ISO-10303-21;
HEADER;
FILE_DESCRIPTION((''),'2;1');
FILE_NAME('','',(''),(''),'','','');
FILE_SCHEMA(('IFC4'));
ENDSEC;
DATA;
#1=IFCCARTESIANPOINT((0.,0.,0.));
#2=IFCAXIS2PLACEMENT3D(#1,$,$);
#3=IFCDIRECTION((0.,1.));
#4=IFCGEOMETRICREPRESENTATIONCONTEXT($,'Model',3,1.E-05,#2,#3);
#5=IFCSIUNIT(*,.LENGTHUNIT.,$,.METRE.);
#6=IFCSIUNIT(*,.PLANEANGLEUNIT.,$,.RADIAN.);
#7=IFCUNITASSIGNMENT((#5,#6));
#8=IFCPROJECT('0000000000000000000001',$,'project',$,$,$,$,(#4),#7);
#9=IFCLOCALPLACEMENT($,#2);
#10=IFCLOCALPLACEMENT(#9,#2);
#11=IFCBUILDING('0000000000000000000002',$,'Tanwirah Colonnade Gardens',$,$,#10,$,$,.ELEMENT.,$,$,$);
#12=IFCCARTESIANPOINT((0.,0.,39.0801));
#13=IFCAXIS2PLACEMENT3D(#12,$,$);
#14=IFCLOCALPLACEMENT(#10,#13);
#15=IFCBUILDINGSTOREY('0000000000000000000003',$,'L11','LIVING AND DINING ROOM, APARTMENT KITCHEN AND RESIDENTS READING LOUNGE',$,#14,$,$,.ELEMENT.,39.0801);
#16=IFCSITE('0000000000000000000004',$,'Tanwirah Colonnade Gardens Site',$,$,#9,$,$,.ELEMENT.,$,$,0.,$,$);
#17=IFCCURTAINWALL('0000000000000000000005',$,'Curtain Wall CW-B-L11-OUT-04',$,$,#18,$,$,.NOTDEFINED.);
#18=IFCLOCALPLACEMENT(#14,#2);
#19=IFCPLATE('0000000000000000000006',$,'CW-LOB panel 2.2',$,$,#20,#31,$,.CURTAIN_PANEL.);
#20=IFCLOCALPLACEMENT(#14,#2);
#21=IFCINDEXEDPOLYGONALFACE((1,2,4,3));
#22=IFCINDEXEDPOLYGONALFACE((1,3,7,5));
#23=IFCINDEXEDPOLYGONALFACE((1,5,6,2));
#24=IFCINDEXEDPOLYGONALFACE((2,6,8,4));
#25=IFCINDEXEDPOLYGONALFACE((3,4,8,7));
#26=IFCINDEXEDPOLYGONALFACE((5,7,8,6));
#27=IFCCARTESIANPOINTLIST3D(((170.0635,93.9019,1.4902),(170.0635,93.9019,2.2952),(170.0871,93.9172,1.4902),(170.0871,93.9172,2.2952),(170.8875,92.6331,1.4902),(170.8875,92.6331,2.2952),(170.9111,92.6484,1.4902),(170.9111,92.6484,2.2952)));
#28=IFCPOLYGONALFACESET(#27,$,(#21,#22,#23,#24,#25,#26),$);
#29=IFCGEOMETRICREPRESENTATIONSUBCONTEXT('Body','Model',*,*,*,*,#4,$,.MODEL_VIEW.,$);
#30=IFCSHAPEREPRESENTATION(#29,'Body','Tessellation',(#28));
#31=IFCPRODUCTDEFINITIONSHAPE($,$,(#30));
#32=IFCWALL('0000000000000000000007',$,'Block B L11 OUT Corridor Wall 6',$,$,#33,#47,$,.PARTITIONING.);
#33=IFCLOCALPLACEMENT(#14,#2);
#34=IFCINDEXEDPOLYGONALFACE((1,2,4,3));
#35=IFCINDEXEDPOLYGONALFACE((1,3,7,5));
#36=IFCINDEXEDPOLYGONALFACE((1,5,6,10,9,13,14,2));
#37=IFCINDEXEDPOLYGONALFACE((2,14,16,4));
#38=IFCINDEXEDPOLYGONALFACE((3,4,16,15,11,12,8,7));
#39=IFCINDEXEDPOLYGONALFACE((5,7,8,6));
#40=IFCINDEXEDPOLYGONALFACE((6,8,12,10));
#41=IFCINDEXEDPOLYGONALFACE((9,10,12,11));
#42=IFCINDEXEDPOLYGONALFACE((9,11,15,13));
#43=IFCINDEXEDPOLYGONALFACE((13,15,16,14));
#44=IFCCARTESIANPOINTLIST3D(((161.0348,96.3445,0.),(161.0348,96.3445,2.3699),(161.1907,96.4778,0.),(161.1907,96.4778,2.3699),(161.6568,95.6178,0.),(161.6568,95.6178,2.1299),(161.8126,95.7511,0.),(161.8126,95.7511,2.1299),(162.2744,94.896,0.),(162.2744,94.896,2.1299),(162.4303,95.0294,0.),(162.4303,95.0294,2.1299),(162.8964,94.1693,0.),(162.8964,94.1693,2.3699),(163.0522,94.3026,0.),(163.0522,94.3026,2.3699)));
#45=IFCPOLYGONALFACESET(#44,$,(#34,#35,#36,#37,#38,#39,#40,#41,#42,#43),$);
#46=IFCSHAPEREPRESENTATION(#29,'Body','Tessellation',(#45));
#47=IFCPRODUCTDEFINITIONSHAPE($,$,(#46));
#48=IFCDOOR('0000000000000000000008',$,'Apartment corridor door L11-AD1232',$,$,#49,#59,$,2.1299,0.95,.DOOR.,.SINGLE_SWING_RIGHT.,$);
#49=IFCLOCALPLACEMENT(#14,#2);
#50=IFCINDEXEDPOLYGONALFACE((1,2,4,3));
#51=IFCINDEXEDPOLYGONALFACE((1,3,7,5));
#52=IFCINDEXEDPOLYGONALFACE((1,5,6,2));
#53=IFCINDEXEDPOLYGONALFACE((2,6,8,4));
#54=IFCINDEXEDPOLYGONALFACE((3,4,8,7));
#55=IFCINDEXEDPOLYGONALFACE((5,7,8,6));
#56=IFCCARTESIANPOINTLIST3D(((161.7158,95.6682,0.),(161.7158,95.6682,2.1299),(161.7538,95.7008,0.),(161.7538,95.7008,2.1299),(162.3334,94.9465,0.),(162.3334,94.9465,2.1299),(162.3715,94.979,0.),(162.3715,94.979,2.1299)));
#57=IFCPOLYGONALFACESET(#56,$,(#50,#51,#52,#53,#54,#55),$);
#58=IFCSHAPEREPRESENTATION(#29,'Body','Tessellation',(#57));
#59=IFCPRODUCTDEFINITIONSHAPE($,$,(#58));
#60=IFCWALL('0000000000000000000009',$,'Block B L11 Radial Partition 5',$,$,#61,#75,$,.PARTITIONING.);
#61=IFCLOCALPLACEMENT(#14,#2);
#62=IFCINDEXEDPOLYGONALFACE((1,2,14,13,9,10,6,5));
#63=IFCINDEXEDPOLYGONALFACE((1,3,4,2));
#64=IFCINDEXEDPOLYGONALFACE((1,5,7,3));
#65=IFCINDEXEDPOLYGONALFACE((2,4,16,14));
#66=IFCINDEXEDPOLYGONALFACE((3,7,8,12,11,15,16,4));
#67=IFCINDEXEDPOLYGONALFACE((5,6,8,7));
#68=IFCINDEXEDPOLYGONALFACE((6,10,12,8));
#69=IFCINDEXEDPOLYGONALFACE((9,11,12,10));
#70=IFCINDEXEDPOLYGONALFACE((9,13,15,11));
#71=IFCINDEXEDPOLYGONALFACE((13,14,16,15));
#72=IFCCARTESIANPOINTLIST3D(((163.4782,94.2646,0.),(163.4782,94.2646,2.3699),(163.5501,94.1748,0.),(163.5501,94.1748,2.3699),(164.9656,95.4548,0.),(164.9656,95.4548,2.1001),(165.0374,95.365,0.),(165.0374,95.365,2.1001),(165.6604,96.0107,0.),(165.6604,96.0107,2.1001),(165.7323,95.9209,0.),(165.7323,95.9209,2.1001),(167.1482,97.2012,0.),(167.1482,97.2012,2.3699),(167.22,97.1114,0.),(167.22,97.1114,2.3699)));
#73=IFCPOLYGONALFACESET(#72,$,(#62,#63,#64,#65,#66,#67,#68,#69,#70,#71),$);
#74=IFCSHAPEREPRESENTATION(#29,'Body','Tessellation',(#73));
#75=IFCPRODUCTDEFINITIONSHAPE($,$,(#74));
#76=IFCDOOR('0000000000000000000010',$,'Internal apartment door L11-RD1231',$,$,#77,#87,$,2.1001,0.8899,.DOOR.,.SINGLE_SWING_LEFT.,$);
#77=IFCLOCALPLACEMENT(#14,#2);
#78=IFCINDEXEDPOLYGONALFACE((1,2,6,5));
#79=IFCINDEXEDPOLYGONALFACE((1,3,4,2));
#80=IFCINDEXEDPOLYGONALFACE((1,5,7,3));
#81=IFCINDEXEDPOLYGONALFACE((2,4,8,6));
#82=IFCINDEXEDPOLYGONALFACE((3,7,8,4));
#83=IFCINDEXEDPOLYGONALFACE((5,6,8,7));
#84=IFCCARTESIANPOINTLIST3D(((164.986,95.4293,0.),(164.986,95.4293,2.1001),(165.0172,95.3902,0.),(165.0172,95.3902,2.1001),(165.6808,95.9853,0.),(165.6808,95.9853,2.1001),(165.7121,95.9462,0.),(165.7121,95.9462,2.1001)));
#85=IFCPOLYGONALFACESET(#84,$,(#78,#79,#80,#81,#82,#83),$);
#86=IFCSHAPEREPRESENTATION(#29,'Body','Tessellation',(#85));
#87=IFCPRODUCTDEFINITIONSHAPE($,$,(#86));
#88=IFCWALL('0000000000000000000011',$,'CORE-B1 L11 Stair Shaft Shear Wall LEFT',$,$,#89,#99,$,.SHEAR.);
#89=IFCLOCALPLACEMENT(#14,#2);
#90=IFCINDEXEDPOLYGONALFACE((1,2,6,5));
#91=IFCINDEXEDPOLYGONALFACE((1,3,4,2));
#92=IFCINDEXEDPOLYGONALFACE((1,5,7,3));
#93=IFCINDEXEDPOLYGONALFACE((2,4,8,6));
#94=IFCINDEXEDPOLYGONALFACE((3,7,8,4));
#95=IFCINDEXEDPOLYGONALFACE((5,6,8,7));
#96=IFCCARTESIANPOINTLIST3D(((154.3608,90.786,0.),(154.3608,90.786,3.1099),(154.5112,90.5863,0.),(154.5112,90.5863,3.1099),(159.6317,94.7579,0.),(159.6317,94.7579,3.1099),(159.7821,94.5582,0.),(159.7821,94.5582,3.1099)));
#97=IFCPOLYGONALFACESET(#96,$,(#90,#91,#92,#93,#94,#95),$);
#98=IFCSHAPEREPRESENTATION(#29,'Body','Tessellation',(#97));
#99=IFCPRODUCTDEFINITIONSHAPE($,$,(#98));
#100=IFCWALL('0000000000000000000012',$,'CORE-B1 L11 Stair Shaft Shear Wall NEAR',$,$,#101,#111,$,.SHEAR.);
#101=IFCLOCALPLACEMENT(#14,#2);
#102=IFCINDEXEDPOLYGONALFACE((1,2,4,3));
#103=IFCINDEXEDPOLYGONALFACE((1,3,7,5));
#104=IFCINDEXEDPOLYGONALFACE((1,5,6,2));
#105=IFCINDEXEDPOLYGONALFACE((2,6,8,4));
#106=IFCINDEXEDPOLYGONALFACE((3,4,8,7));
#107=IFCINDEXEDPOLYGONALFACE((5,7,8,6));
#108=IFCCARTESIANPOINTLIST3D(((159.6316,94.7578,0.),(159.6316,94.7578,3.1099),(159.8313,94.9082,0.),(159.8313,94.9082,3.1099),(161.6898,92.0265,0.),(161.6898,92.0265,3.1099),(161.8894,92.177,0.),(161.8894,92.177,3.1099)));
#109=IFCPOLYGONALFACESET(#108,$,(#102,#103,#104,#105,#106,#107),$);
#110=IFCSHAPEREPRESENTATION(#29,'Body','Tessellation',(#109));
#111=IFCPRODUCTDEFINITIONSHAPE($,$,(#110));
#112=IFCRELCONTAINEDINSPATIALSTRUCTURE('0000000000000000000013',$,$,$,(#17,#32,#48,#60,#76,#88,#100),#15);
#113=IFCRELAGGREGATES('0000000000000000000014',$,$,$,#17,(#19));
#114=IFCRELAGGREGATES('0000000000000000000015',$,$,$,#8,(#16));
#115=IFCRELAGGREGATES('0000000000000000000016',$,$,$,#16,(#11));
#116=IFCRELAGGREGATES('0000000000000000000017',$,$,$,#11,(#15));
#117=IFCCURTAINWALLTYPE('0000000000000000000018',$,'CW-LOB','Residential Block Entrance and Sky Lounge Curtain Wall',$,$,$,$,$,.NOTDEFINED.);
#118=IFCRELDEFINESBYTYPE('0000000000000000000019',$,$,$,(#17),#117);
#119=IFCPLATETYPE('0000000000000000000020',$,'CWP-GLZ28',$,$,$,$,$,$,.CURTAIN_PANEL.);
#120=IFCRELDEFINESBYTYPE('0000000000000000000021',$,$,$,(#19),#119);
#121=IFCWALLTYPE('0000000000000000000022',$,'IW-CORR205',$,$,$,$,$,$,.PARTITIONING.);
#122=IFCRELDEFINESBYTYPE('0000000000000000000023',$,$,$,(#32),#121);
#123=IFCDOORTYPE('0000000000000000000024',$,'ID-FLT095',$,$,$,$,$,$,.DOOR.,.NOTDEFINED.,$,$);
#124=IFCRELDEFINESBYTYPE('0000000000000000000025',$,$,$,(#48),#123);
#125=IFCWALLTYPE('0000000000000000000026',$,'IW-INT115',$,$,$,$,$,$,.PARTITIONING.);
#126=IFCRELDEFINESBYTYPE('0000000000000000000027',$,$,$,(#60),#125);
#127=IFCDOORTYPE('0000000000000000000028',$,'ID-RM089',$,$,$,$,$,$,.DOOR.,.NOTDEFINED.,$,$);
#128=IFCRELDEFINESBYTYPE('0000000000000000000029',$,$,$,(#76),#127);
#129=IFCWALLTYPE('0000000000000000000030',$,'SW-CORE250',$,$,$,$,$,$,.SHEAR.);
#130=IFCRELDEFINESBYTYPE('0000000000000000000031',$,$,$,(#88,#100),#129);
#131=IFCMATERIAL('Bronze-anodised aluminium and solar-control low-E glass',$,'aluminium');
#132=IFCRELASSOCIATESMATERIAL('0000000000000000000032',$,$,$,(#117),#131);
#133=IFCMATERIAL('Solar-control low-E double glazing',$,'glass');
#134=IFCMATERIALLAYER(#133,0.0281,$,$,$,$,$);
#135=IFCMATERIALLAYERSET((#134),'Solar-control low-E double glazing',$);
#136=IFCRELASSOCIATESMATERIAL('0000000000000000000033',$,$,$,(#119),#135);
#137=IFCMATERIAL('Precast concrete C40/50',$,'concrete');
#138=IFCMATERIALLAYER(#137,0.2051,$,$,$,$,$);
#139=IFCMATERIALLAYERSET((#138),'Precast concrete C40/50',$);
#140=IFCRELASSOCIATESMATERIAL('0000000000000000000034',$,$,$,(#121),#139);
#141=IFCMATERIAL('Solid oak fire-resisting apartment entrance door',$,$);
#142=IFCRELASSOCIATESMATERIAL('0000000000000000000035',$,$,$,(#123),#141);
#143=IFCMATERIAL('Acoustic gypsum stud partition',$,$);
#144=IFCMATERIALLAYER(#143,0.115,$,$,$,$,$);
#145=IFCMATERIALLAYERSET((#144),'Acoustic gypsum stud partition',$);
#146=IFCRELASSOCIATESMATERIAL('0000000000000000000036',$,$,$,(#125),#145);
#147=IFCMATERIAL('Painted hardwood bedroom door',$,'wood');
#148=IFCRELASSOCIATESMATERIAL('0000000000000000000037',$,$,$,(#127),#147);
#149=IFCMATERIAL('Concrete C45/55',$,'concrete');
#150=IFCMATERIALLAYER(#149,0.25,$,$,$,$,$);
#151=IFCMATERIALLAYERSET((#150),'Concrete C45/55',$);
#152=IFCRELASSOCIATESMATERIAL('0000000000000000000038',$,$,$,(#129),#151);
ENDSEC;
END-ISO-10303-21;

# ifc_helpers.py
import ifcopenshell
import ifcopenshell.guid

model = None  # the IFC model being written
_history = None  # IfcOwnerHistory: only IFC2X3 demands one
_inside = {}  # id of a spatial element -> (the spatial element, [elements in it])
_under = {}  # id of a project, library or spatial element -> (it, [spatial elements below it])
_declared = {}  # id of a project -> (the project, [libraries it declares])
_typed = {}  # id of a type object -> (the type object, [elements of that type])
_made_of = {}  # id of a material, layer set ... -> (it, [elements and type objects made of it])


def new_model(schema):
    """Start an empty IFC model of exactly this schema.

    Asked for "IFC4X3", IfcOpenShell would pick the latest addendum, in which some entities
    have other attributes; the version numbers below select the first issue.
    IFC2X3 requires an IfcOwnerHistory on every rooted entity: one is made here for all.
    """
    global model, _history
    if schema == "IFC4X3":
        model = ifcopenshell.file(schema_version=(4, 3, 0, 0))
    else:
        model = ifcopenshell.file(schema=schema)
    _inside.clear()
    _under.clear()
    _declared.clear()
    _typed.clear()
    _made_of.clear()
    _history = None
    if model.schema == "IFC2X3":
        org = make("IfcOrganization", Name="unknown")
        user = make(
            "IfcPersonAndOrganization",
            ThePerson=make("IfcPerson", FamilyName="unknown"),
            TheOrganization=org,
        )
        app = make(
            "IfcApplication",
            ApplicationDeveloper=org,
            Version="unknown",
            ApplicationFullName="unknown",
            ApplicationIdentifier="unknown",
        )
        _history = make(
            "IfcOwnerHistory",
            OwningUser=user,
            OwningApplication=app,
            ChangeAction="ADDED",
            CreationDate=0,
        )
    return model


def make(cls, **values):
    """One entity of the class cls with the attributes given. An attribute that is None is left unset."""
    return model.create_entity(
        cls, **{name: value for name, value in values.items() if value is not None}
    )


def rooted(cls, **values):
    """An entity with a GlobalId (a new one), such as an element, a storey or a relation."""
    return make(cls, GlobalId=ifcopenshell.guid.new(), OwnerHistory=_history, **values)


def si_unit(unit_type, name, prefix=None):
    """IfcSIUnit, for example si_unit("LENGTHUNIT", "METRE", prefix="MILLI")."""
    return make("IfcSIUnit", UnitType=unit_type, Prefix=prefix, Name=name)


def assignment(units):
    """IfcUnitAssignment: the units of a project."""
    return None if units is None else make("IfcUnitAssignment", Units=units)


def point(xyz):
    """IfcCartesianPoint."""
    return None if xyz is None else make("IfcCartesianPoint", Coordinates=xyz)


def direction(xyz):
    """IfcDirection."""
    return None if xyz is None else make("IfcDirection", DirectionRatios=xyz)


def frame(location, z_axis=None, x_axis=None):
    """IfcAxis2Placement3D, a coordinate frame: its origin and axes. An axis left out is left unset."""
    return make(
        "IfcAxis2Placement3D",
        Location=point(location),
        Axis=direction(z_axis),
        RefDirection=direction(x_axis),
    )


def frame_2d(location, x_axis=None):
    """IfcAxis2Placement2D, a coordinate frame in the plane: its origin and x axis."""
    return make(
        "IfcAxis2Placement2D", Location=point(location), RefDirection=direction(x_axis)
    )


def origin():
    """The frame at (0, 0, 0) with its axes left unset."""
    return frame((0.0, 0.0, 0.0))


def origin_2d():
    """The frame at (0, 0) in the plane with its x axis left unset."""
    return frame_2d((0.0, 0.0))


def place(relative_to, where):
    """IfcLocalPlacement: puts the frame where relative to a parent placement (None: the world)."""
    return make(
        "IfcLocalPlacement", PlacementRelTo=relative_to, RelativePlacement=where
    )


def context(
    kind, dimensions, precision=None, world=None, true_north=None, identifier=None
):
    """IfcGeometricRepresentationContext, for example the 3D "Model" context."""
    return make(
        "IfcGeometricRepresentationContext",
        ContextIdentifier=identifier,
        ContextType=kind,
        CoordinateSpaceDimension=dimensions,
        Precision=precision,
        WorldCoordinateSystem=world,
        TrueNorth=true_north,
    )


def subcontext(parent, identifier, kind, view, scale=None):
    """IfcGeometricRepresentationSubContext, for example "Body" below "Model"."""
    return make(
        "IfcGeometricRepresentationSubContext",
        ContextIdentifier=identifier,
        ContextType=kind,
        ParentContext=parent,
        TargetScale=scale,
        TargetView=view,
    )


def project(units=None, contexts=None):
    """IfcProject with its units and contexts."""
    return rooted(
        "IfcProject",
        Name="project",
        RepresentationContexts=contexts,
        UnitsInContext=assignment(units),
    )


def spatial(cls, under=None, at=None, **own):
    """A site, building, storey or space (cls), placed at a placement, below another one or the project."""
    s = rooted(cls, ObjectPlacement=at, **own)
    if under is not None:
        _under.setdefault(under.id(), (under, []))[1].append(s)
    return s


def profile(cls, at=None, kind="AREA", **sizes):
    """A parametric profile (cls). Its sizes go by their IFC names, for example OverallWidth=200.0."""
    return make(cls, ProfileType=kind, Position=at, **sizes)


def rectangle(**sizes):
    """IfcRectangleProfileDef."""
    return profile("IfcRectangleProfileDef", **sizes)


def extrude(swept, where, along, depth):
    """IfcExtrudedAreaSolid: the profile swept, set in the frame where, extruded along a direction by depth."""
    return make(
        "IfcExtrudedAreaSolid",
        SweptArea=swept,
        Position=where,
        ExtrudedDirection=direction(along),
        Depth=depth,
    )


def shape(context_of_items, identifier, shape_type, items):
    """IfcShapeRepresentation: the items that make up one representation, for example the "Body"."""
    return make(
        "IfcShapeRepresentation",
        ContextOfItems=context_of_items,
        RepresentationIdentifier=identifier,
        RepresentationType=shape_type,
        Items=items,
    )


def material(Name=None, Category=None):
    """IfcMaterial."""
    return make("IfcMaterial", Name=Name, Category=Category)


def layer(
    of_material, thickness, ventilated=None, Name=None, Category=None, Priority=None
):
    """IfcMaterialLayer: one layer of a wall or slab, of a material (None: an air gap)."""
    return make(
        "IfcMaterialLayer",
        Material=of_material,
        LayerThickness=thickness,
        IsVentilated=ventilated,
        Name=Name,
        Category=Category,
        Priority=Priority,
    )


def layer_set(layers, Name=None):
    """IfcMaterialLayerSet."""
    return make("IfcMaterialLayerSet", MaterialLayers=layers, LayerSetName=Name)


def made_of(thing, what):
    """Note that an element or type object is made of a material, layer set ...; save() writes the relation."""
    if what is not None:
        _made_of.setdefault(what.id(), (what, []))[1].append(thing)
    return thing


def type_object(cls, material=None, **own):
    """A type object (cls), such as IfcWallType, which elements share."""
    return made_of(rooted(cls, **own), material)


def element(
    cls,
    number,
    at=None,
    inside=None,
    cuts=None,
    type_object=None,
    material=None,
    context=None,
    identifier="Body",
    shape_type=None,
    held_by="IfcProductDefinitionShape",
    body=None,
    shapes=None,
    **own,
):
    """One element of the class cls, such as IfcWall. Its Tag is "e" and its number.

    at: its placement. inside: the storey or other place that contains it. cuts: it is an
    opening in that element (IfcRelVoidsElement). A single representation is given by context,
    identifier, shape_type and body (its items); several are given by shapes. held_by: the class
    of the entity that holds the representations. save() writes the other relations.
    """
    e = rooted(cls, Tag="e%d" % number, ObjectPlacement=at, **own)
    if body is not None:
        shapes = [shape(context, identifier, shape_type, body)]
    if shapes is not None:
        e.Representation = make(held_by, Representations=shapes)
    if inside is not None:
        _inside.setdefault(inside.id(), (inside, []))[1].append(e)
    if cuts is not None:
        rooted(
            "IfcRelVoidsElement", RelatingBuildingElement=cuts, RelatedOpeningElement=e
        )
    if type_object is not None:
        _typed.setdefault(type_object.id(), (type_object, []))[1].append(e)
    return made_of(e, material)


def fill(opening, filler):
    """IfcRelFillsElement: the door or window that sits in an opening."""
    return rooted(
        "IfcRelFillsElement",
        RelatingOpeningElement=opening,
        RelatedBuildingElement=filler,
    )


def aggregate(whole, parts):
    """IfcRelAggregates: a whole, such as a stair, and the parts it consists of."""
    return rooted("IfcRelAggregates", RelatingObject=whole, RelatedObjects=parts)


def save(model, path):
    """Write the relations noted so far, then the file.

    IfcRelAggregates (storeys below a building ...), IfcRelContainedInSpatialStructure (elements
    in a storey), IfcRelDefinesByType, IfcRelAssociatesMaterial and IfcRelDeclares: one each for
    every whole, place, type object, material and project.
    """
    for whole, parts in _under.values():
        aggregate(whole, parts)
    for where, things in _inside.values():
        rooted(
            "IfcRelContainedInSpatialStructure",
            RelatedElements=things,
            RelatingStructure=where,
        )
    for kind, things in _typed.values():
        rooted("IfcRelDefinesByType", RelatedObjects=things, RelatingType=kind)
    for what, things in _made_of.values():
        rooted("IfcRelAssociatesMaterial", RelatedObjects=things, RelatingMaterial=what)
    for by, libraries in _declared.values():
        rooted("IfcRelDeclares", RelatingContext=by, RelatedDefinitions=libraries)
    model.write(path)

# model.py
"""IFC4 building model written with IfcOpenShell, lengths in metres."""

from ifc_helpers import new_model, si_unit, direction, frame, frame_2d, origin, origin_2d, place, context, subcontext, project, spatial, rectangle, extrude, material, layer, layer_set, type_object, element, fill, aggregate, save


model = new_model("IFC4")

# Units and contexts
model_context = context("Model", 3, precision=1e-05, world=origin(), true_north=direction((0.0, 1.0)))
body_context = subcontext(model_context, "Body", "Model", "MODEL_VIEW")
ifc_project = project(units=[si_unit("LENGTHUNIT", "METRE"), si_unit("PLANEANGLEUNIT", "RADIAN")], contexts=[model_context])

# Site, building, storey
site_placement = place(None, origin())
site = spatial("IfcSite", under=ifc_project, at=site_placement, Name="Tanwirah Colonnade Gardens Site", CompositionType="ELEMENT", RefElevation=0.0)
building_placement = place(site_placement, origin())
building = spatial("IfcBuilding", under=site, at=building_placement, Name="Tanwirah Colonnade Gardens", CompositionType="ELEMENT")
storey_placement = place(building_placement, frame((0.0, 0.0, 39.0801)))
storey = spatial("IfcBuildingStorey", under=building, at=storey_placement, Name="L11", Description="LIVING AND DINING ROOM, APARTMENT KITCHEN AND RESIDENTS READING LOUNGE", CompositionType="ELEMENT", Elevation=39.0801)

# Shared definitions
ifc_material_1 = material(Name="Precast concrete C40/50", Category="concrete")

# Curtain wall
ifc_material_2 = material(Name="Bronze-anodised aluminium and solar-control low-E glass", Category="aluminium")
curtain_wall_type = type_object("IfcCurtainWallType", Name="CW-LOB", Description="Residential Block Entrance and Sky Lounge Curtain Wall", PredefinedType="NOTDEFINED", material=ifc_material_2)
curtain_wall_placement = place(storey_placement, origin())
curtain_wall = element("IfcCurtainWall", 1, at=curtain_wall_placement, inside=storey, type_object=curtain_wall_type, Name="Curtain Wall CW-B-L11-OUT-04", PredefinedType="NOTDEFINED")

# Plate
ifc_material_3 = material(Name="Solar-control low-E double glazing", Category="glass")
ifc_layer_1 = layer(ifc_material_3, 0.0281)
ifc_layer_set_1 = layer_set([ifc_layer_1], Name="Solar-control low-E double glazing")
plate_type = type_object("IfcPlateType", Name="CWP-GLZ28", PredefinedType="CURTAIN_PANEL", material=ifc_layer_set_1)
plate_1_placement = place(storey_placement, frame((170.4873, 93.2751, 1.4902), z_axis=(0.0, 0.0, 1.0), x_axis=(-0.54464, 0.83867, 0.0)))
plate_1 = element("IfcPlate", 2, at=plate_1_placement, type_object=plate_type, Name="CW-LOB panel 2.2", PredefinedType="CURTAIN_PANEL", context=body_context, shape_type="SweptSolid", body=[
    extrude(rectangle(XDim=1.5129, YDim=0.0281, at=origin_2d()), origin(), (0.0, 0.0, 1.0), 0.8049),
])
aggregate(curtain_wall, [plate_1])

# Walls, openings, doors
ifc_layer_2 = layer(ifc_material_1, 0.2051)
ifc_layer_set_2 = layer_set([ifc_layer_2], Name="Precast concrete C40/50")
wall_type_1 = type_object("IfcWallType", Name="IW-CORR205", PredefinedType="PARTITIONING", material=ifc_layer_set_2)
wall_1_placement = place(storey_placement, frame((162.9744, 94.2358, 0.0), z_axis=(0.0, 0.0, 1.0), x_axis=(-0.650194, 0.759768, 0.0)))
wall_1 = element("IfcWall", 3, at=wall_1_placement, inside=storey, type_object=wall_type_1, Name="Block B L11 OUT Corridor Wall 6", PredefinedType="PARTITIONING", context=body_context, shape_type="SweptSolid", body=[
    extrude(rectangle(XDim=2.863, YDim=0.2051, at=frame_2d((1.4316, 0.0))), origin(), (0.0, 0.0, 1.0), 2.3699),
])
opening_1_placement = place(wall_1_placement, frame((0.9565, 0.0, 0.0)))
opening_1 = element("IfcOpeningElement", 4, at=opening_1_placement, cuts=wall_1, PredefinedType="OPENING", context=body_context, shape_type="SweptSolid", body=[
    extrude(rectangle(XDim=0.95, YDim=2.1299, at=frame_2d((0.4751, 1.0649))), frame((0.0, 0.1125, 0.0), z_axis=(0.0, -1.0, 0.0), x_axis=(1.0, 0.0, 0.0)), (0.0, 0.0, 1.0), 0.2251),
])
ifc_material_4 = material(Name="Solid oak fire-resisting apartment entrance door")
door_type_1 = type_object("IfcDoorType", Name="ID-FLT095", OperationType="NOTDEFINED", PredefinedType="DOOR", material=ifc_material_4)
door_1_placement = place(opening_1_placement, origin())
door_1 = element("IfcDoor", 5, at=door_1_placement, inside=storey, type_object=door_type_1, Name="Apartment corridor door L11-AD1232", OperationType="SINGLE_SWING_RIGHT", OverallHeight=2.1299, OverallWidth=0.95, PredefinedType="DOOR", context=body_context, shape_type="SweptSolid", body=[
    extrude(rectangle(XDim=0.95, YDim=2.1299, at=frame_2d((0.4751, 1.0649))), frame((0.0, 0.0249, 0.0), z_axis=(0.0, -1.0, 0.0), x_axis=(1.0, 0.0, 0.0)), (0.0, 0.0, 1.0), 0.05),
])
fill(opening_1, door_1)
ifc_material_5 = material(Name="Acoustic gypsum stud partition")
ifc_layer_3 = layer(ifc_material_5, 0.115)
ifc_layer_set_3 = layer_set([ifc_layer_3], Name="Acoustic gypsum stud partition")
wall_type_2 = type_object("IfcWallType", Name="IW-INT115", PredefinedType="PARTITIONING", material=ifc_layer_set_3)
wall_2_placement = place(storey_placement, frame((163.5142, 94.2197, 0.0), z_axis=(0.0, 0.0, 1.0), x_axis=(0.780808, 0.624771, 0.0)))
wall_2 = element("IfcWall", 6, at=wall_2_placement, inside=storey, type_object=wall_type_2, Name="Block B L11 Radial Partition 5", PredefinedType="PARTITIONING", context=body_context, shape_type="SweptSolid", body=[
    extrude(rectangle(XDim=4.7002, YDim=0.115, at=frame_2d((2.3501, 0.0))), origin(), (0.0, 0.0, 1.0), 2.3699),
])
opening_2_placement = place(wall_2_placement, frame((1.905, 0.0, 0.0)))
opening_2 = element("IfcOpeningElement", 7, at=opening_2_placement, cuts=wall_2, PredefinedType="OPENING", context=body_context, shape_type="SweptSolid", body=[
    extrude(rectangle(XDim=0.8899, YDim=2.1001, at=frame_2d((0.4448, 1.05))), frame((0.0, 0.0674, 0.0), z_axis=(0.0, -1.0, 0.0), x_axis=(1.0, 0.0, 0.0)), (0.0, 0.0, 1.0), 0.135),
])
ifc_material_6 = material(Name="Painted hardwood bedroom door", Category="wood")
door_type_2 = type_object("IfcDoorType", Name="ID-RM089", OperationType="NOTDEFINED", PredefinedType="DOOR", material=ifc_material_6)
door_2_placement = place(opening_2_placement, origin())
door_2 = element("IfcDoor", 8, at=door_2_placement, inside=storey, type_object=door_type_2, Name="Internal apartment door L11-RD1231", OperationType="SINGLE_SWING_LEFT", OverallHeight=2.1001, OverallWidth=0.8899, PredefinedType="DOOR", context=body_context, shape_type="SweptSolid", body=[
    extrude(rectangle(XDim=0.8899, YDim=2.1001, at=frame_2d((0.4448, 1.05))), frame((0.0, 0.0249, 0.0), z_axis=(0.0, -1.0, 0.0), x_axis=(1.0, 0.0, 0.0)), (0.0, 0.0, 1.0), 0.05),
])
fill(opening_2, door_2)

# Walls
ifc_material_7 = material(Name="Concrete C45/55", Category="concrete")
ifc_layer_4 = layer(ifc_material_7, 0.25)
ifc_layer_set_4 = layer_set([ifc_layer_4], Name="Concrete C45/55")
wall_type_3 = type_object("IfcWallType", Name="SW-CORE250", PredefinedType="SHEAR", material=ifc_layer_set_4)
wall_3_placement = place(storey_placement, frame((159.7068, 94.658, 0.0), z_axis=(0.0, 0.0, 1.0), x_axis=(-0.79864, -0.60181, 0.0)))
element("IfcWall", 9, at=wall_3_placement, inside=storey, type_object=wall_type_3, Name="CORE-B1 L11 Stair Shaft Shear Wall LEFT", PredefinedType="SHEAR", context=body_context, shape_type="SweptSolid", body=[
    extrude(rectangle(XDim=6.5999, YDim=0.25, at=frame_2d((3.2998, 0.0))), origin(), (0.0, 0.0, 1.0), 3.1099),
])
wall_4_placement = place(storey_placement, frame((159.7314, 94.833, 0.0), z_axis=(0.0, 0.0, 1.0), x_axis=(0.601815, -0.798636, 0.0)))
element("IfcWall", 10, at=wall_4_placement, inside=storey, type_object=wall_type_3, Name="CORE-B1 L11 Stair Shaft Shear Wall NEAR", PredefinedType="SHEAR", context=body_context, shape_type="SweptSolid", body=[
    extrude(rectangle(XDim=3.4199, YDim=0.25, at=frame_2d((1.71, 0.0))), origin(), (0.0, 0.0, 1.0), 3.1099),
])

save(model, "model.ifc")
